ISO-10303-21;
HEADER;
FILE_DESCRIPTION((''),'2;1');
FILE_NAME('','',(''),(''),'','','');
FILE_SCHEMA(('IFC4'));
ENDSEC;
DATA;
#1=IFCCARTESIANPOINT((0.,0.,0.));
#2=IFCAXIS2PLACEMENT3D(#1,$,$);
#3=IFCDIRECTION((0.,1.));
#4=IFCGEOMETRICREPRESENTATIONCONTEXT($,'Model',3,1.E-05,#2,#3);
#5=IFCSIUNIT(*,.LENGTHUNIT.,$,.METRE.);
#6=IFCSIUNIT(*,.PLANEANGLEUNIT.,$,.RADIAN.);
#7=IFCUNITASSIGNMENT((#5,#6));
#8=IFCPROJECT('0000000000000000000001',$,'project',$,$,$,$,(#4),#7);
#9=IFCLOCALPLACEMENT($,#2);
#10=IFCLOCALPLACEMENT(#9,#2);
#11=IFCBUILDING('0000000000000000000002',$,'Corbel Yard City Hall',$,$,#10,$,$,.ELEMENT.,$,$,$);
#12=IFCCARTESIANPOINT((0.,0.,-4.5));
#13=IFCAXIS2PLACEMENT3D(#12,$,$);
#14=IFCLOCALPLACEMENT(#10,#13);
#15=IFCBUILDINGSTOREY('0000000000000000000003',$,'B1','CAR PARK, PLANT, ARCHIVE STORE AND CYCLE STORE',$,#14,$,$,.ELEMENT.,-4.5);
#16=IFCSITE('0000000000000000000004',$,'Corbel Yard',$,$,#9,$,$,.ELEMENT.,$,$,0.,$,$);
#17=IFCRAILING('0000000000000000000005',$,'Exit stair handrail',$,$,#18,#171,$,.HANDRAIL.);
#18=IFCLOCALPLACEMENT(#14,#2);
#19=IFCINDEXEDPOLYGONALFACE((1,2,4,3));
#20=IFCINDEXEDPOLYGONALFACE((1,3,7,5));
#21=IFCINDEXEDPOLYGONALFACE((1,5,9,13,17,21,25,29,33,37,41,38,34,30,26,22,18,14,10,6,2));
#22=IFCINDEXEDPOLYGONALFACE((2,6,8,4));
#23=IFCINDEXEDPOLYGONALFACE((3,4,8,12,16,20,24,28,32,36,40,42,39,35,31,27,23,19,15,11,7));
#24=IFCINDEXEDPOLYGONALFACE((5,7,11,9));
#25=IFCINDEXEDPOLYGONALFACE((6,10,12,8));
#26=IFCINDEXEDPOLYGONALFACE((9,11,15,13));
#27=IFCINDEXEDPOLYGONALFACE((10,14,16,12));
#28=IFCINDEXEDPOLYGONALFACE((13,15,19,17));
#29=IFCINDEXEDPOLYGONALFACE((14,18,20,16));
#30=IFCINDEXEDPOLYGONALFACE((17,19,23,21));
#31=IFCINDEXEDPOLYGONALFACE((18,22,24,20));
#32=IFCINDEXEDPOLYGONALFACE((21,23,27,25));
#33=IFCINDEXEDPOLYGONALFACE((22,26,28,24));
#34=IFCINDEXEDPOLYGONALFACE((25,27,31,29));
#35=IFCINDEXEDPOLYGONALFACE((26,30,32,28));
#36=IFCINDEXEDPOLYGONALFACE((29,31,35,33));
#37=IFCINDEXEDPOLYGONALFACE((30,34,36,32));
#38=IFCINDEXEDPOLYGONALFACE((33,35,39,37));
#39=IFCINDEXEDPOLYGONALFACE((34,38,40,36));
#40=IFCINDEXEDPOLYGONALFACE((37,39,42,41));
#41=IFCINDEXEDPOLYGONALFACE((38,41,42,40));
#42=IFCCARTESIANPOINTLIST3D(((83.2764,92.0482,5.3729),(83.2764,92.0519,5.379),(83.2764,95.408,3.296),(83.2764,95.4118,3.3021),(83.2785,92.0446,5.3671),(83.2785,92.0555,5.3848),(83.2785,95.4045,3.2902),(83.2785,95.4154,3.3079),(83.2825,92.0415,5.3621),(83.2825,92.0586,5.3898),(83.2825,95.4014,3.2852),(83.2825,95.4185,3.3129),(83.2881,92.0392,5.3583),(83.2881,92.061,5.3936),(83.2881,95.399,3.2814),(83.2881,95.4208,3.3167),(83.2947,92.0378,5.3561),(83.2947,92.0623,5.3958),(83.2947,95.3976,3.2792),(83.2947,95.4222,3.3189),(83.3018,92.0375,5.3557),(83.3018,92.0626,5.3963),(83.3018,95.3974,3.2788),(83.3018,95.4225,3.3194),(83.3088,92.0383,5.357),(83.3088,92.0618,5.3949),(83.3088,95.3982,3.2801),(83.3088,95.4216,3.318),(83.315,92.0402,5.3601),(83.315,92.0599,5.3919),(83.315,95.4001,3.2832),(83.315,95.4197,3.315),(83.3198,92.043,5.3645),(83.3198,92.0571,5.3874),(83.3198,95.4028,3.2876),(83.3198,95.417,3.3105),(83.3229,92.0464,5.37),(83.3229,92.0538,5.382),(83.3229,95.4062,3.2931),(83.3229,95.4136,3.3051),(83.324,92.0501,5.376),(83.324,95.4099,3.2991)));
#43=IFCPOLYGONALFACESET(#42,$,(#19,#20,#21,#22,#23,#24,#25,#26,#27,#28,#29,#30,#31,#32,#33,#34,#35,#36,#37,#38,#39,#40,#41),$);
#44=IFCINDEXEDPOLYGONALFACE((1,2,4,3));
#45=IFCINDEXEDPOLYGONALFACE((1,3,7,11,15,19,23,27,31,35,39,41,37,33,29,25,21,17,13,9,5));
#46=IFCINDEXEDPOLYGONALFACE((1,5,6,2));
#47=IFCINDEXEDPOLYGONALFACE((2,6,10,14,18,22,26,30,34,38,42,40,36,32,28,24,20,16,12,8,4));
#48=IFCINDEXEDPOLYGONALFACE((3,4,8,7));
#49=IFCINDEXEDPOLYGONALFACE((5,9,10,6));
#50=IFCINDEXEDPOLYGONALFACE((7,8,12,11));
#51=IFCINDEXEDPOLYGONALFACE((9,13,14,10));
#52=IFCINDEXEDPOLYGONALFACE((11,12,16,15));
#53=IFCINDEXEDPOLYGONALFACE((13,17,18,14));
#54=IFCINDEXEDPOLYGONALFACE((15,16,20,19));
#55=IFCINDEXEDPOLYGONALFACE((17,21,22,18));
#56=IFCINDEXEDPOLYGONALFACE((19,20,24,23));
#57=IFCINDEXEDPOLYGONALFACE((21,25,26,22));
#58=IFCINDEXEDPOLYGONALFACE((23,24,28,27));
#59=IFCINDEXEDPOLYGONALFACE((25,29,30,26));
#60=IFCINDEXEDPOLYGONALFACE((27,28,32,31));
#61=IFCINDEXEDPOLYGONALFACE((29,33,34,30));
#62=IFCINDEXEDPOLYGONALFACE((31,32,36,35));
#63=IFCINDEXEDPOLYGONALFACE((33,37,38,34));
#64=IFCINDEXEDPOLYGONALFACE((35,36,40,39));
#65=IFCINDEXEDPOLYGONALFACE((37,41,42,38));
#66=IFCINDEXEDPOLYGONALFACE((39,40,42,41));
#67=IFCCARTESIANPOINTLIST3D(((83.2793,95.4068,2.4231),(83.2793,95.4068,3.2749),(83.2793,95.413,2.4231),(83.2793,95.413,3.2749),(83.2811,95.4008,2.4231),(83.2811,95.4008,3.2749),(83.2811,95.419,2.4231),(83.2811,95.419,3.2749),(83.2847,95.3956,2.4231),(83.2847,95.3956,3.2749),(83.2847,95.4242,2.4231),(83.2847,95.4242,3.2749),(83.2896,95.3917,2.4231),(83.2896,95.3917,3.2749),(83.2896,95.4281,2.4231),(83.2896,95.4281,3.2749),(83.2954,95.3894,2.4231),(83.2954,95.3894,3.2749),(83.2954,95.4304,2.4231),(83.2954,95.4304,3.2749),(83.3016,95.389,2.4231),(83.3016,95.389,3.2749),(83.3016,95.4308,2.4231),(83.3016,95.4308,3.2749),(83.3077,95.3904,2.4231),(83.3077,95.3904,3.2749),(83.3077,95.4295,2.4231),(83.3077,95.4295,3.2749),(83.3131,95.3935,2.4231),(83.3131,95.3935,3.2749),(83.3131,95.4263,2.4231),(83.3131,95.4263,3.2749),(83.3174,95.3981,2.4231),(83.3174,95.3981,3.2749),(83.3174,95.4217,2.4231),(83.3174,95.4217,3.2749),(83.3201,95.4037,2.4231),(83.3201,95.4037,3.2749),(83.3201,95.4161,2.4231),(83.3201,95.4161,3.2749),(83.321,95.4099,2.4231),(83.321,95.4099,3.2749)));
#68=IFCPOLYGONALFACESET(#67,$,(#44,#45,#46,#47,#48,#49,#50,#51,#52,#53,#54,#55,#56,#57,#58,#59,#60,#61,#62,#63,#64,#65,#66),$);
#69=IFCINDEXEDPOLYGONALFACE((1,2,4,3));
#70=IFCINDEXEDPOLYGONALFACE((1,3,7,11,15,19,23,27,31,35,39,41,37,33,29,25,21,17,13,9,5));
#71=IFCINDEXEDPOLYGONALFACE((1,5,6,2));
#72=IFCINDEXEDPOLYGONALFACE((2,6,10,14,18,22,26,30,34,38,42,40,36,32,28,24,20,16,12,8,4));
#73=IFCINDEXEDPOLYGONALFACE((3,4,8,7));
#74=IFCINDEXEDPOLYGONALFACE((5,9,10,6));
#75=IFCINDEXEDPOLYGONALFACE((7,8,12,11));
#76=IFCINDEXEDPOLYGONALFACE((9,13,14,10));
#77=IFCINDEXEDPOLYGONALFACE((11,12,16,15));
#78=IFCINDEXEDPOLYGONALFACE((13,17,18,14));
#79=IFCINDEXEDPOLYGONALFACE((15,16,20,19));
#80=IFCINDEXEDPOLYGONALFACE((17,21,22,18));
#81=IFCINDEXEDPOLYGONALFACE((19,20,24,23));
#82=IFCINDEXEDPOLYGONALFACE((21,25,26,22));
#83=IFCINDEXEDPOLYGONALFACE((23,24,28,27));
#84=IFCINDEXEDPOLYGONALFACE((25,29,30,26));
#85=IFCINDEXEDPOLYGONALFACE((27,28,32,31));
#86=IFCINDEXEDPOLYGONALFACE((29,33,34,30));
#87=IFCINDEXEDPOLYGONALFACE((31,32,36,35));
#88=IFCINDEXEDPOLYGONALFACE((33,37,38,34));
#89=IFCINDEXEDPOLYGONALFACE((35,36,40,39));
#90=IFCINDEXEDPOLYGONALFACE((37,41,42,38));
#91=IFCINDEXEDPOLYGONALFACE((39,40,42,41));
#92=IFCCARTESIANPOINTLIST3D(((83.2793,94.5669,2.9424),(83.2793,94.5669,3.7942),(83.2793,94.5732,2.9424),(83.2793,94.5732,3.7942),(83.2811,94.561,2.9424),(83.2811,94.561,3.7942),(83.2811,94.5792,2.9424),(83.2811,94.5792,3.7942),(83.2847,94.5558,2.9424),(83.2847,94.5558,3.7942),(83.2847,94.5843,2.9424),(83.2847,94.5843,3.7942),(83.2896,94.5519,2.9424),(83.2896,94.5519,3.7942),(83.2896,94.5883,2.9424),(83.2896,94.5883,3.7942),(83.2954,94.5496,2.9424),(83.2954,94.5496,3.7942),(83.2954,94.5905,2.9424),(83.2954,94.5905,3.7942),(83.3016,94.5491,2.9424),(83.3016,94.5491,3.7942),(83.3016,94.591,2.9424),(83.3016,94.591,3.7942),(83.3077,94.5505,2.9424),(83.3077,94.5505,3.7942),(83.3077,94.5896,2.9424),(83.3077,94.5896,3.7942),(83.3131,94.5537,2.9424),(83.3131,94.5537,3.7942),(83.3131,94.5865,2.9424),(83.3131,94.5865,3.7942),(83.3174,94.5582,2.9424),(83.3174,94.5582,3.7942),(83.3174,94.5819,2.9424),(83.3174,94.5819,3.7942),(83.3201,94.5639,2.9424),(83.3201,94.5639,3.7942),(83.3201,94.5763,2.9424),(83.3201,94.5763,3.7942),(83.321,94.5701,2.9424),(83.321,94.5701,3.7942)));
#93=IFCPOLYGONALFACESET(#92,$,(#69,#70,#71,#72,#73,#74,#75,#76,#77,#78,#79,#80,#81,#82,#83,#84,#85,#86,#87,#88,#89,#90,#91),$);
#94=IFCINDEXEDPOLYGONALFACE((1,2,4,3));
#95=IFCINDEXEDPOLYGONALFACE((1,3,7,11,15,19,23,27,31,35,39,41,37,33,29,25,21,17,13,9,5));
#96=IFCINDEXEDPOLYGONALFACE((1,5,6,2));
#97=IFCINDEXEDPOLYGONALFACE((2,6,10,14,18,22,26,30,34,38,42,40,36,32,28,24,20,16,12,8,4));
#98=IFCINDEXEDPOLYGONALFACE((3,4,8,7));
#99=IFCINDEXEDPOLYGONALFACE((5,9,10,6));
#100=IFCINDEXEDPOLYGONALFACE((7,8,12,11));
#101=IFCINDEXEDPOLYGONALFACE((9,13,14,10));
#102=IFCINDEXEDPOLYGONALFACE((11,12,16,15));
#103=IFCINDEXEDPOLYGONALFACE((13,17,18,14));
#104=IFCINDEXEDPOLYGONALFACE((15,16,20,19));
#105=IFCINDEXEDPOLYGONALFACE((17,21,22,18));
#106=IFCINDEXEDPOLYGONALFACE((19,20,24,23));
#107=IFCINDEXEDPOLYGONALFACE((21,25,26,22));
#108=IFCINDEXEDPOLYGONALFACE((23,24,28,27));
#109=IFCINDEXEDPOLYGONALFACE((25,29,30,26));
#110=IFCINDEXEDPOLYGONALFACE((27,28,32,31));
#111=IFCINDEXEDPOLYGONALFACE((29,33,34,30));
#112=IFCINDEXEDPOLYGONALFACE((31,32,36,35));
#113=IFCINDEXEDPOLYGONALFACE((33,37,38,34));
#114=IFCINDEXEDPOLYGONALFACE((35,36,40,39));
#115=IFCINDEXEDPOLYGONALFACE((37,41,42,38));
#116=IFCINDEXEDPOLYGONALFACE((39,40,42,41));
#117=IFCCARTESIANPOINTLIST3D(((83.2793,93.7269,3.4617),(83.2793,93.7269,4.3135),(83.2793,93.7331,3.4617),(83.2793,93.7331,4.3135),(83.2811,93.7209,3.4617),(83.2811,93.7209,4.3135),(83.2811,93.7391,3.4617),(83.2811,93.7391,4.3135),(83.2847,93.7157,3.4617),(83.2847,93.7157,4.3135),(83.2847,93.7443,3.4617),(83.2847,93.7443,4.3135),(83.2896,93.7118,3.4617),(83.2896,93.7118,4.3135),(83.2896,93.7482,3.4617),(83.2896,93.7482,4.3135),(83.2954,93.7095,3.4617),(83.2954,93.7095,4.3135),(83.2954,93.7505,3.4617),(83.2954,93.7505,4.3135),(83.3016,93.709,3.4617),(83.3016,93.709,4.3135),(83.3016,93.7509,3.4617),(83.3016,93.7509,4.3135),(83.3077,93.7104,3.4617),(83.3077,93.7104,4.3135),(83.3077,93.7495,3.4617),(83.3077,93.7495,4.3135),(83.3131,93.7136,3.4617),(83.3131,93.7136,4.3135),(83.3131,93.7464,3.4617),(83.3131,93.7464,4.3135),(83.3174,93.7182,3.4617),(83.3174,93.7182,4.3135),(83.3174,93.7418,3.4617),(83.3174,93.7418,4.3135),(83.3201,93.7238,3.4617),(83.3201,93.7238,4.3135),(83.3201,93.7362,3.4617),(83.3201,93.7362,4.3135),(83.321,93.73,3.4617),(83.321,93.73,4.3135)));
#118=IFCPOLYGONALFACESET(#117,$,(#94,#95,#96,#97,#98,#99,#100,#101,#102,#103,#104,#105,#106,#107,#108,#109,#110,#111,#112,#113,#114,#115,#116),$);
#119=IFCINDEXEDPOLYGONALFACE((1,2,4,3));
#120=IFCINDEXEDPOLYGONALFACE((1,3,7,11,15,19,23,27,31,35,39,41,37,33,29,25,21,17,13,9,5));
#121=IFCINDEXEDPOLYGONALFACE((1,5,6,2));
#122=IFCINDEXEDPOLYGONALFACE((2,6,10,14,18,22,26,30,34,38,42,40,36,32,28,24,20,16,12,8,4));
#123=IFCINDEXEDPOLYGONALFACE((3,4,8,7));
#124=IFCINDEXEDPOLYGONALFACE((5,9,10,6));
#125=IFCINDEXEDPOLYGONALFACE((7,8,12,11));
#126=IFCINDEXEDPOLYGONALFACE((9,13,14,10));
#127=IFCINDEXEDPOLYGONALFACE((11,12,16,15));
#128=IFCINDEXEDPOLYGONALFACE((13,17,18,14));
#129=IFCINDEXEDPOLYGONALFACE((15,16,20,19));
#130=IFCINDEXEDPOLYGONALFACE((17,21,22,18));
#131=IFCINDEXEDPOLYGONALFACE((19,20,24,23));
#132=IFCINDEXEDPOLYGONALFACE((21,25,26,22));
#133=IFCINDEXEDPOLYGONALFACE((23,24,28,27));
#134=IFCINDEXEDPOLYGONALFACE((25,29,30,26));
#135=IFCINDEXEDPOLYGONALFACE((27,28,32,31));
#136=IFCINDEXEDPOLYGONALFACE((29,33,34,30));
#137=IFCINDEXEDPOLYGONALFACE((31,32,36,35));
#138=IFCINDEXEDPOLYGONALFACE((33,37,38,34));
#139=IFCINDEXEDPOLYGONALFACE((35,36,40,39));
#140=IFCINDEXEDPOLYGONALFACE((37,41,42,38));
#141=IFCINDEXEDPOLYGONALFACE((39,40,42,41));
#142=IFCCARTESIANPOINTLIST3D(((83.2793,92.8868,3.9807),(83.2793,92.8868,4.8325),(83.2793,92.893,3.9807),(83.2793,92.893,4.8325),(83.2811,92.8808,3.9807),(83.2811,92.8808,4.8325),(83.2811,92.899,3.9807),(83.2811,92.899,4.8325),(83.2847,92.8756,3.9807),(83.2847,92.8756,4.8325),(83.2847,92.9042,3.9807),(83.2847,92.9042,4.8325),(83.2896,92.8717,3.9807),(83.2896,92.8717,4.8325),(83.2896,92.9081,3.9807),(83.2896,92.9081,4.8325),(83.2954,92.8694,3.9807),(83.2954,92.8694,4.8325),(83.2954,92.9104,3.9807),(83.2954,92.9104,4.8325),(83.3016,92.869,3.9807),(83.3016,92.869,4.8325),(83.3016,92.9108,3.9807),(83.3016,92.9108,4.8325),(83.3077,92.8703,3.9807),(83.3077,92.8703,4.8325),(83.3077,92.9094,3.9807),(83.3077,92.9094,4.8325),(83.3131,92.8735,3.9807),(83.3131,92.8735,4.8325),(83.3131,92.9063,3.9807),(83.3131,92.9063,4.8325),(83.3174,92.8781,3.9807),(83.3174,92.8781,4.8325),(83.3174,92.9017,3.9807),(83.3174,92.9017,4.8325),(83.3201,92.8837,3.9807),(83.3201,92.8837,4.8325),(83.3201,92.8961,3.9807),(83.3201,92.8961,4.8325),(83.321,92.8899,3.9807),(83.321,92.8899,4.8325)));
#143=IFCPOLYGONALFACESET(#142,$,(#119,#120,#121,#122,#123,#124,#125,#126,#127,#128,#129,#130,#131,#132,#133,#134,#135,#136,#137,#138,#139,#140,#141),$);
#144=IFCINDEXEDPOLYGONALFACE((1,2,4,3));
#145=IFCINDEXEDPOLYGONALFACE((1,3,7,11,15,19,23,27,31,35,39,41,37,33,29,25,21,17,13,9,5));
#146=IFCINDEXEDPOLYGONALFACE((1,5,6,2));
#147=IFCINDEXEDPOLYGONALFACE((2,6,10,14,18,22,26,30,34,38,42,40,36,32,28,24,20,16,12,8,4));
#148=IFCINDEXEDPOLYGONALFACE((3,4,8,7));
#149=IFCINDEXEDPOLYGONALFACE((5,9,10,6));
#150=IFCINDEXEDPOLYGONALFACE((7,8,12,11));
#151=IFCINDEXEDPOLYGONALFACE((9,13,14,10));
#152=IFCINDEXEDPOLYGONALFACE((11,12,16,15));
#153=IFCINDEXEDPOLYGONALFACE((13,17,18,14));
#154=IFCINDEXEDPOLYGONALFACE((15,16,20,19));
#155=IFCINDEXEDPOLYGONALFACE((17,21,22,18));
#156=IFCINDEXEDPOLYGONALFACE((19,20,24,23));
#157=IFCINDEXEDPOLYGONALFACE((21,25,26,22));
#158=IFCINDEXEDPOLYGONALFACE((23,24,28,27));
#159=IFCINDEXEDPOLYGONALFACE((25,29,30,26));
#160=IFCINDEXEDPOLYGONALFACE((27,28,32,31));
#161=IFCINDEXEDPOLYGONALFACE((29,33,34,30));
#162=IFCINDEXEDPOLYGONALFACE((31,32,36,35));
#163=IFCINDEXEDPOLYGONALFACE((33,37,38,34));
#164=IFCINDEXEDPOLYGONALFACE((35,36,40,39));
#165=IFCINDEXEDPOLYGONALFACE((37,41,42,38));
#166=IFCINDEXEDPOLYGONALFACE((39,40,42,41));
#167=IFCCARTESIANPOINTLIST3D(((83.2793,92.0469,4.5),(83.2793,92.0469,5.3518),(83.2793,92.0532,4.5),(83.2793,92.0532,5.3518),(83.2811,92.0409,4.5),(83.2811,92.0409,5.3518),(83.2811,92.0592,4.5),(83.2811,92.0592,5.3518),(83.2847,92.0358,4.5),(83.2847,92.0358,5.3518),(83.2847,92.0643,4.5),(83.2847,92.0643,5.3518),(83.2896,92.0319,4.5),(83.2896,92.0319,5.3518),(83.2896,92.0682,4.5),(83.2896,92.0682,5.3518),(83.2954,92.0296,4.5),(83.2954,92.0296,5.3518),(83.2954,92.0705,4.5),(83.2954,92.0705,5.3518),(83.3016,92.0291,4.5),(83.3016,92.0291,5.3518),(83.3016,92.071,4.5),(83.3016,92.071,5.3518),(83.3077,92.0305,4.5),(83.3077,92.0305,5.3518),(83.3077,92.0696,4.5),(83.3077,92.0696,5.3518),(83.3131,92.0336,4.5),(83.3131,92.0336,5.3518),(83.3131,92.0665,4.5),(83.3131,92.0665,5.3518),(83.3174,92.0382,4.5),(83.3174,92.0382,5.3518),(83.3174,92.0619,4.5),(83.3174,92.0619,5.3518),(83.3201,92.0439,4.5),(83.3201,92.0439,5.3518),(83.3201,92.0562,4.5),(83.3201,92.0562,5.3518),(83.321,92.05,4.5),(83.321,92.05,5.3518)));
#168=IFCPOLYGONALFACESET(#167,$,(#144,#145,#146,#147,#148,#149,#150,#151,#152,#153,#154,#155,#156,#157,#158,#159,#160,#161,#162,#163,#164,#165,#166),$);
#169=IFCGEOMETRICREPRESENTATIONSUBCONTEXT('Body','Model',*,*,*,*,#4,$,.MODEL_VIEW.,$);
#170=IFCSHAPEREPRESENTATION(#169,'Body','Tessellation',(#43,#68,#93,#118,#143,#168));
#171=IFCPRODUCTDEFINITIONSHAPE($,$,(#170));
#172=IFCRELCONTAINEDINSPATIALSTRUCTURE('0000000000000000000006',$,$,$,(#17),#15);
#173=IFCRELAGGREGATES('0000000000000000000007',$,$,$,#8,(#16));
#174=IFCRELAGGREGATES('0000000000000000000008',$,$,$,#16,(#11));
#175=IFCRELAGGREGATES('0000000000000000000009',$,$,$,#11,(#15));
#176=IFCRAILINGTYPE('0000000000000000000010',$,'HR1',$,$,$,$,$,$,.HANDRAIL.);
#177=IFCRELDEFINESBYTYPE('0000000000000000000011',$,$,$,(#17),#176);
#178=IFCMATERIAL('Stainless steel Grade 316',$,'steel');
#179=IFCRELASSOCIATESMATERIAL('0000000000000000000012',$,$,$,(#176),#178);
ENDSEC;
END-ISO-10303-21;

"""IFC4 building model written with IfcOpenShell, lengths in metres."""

from ifc_helpers import new_model, si_unit, direction, frame, origin, origin_2d, place, context, subcontext, project, spatial, circle, extrude, material, type_object, element, save


model = new_model("IFC4")

# Units and contexts
model_context = context("Model", 3, precision=1e-05, world=origin(), true_north=direction((0.0, 1.0)))
body_context = subcontext(model_context, "Body", "Model", "MODEL_VIEW")
ifc_project = project(units=[si_unit("LENGTHUNIT", "METRE"), si_unit("PLANEANGLEUNIT", "RADIAN")], contexts=[model_context])

# Site, building, storey
site_placement = place(None, origin())
site = spatial("IfcSite", under=ifc_project, at=site_placement, Name="Corbel Yard", CompositionType="ELEMENT", RefElevation=0.0)
building_placement = place(site_placement, origin())
building = spatial("IfcBuilding", under=site, at=building_placement, Name="Corbel Yard City Hall", CompositionType="ELEMENT")
storey_placement = place(building_placement, frame((0.0, 0.0, -4.5)))
storey = spatial("IfcBuildingStorey", under=building, at=storey_placement, Name="B1", Description="CAR PARK, PLANT, ARCHIVE STORE AND CYCLE STORE", CompositionType="ELEMENT", Elevation=-4.5)

# Railing
ifc_material_1 = material(Name="Stainless steel Grade 316", Category="steel")
railing_type = type_object("IfcRailingType", Name="HR1", PredefinedType="HANDRAIL", material=ifc_material_1)
for number, where, name in (
    (1, (83.3, 95.4099, 2.4231), "Exit stair handrail"),
):
    element("IfcRailing", number, at=place(storey_placement, frame(where)), inside=storey, type_object=railing_type, Name=name, PredefinedType="HANDRAIL", context=body_context, shape_type="SweptSolid", body=[
        extrude(circle(Radius=0.0239, at=origin_2d()), frame((0.0, 0.0, 0.876), z_axis=(0.0, -0.850606, 0.525803), x_axis=(1.0, 0.0, 0.0)), (0.0, 0.0, 1.0), 3.95),
        extrude(circle(Radius=0.021, at=origin_2d()), origin(), (0.0, 0.0, 1.0), 0.8518),
        extrude(circle(Radius=0.021, at=origin_2d()), frame((0.0, -0.8398, 0.5193)), (0.0, 0.0, 1.0), 0.8518),
        extrude(circle(Radius=0.021, at=origin_2d()), frame((0.0, -1.6799, 1.0386)), (0.0, 0.0, 1.0), 0.8518),
        extrude(circle(Radius=0.021, at=origin_2d()), frame((0.0, -2.52, 1.5576)), (0.0, 0.0, 1.0), 0.8518),
        extrude(circle(Radius=0.021, at=origin_2d()), frame((0.0, -3.3599, 2.0769)), (0.0, 0.0, 1.0), 0.8518),
    ])

save(model, "model.ifc")
